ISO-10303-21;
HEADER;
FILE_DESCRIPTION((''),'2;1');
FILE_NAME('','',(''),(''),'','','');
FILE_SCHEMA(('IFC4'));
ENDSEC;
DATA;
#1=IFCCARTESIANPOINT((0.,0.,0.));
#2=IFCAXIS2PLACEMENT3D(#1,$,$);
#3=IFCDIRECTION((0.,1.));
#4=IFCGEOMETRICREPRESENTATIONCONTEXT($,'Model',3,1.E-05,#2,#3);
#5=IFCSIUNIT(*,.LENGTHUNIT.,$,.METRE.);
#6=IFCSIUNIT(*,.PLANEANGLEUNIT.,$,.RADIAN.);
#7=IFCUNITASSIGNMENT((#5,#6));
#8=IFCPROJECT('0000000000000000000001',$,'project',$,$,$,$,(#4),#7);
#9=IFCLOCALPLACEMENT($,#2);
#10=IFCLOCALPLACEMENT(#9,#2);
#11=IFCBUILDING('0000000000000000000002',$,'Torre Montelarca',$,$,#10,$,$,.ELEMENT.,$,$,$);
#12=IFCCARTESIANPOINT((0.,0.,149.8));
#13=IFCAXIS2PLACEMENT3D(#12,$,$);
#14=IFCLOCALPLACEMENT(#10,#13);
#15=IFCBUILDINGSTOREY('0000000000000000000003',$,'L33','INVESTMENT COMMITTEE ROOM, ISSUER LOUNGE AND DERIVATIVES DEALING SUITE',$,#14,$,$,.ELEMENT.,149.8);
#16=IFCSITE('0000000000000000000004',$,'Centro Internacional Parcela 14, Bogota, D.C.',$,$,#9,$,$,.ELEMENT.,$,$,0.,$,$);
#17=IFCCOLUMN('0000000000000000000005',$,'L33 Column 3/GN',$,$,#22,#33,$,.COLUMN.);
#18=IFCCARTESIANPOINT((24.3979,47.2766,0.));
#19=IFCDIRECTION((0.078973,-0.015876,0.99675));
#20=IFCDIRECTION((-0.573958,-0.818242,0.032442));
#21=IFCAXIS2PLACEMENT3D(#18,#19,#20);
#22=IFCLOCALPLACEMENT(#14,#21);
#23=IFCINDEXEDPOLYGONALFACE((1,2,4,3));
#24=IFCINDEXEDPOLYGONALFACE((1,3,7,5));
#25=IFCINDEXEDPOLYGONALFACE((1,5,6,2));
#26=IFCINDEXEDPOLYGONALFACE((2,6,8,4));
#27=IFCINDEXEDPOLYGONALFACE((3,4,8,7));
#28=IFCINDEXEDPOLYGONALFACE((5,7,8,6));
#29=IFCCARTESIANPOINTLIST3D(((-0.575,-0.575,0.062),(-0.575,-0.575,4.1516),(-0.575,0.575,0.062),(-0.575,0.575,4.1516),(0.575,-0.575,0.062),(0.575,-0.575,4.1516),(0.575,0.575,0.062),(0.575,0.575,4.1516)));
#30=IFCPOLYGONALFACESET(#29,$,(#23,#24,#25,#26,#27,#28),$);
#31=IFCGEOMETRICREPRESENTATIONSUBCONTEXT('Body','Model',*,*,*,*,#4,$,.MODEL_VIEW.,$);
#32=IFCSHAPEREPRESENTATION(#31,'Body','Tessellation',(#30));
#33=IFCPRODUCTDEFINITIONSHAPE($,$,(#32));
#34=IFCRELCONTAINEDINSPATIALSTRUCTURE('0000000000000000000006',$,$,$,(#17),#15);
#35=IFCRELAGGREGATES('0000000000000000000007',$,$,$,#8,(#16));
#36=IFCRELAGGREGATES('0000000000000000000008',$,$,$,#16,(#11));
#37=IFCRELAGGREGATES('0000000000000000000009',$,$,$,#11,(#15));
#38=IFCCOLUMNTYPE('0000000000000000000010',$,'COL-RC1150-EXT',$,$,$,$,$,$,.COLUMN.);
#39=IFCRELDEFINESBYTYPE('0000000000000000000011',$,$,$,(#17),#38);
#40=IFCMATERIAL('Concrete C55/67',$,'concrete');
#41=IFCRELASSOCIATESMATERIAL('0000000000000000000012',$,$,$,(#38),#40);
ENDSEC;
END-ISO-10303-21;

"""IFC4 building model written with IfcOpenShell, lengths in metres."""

from ifc_helpers import new_model, si_unit, direction, frame, origin, origin_2d, place, context, subcontext, project, spatial, rectangle, extrude, clip, halfspace, material, material_profile, profile_set, type_object, element, save


model = new_model("IFC4")

# Units and contexts
model_context = context("Model", 3, precision=1e-05, world=origin(), true_north=direction((0.0, 1.0)))
body_context = subcontext(model_context, "Body", "Model", "MODEL_VIEW")
ifc_project = project(units=[si_unit("LENGTHUNIT", "METRE"), si_unit("PLANEANGLEUNIT", "RADIAN")], contexts=[model_context])

# Site, building, storey
site_placement = place(None, origin())
site = spatial("IfcSite", under=ifc_project, at=site_placement, Name="Centro Internacional Parcela 14, Bogota, D.C.", CompositionType="ELEMENT", RefElevation=0.0)
building_placement = place(site_placement, origin())
building = spatial("IfcBuilding", under=site, at=building_placement, Name="Torre Montelarca", CompositionType="ELEMENT")
storey_placement = place(building_placement, frame((0.0, 0.0, 149.8)))
storey = spatial("IfcBuildingStorey", under=building, at=storey_placement, Name="L33", Description="INVESTMENT COMMITTEE ROOM, ISSUER LOUNGE AND DERIVATIVES DEALING SUITE", CompositionType="ELEMENT", Elevation=149.8)

# Column
ifc_material_1 = material(Name="Concrete C55/67", Category="concrete")
ifc_material_profile_1 = material_profile(ifc_material_1, rectangle(XDim=1.1499, YDim=1.1499, at=origin_2d()), Name="RC1150X1150", Category="concrete")
ifc_profile_set_1 = profile_set([ifc_material_profile_1], Name="Concrete C55/67")
column_type_1 = type_object("IfcColumnType", Name="COL-RC1150-EXT", PredefinedType="COLUMN", material=ifc_profile_set_1)
column_1_placement = place(storey_placement, frame((24.3979, 47.2766, 0.0), z_axis=(0.078973, -0.015876, 0.99675), x_axis=(-0.573958, -0.818242, 0.032442)))
element("IfcColumn", 1, at=column_1_placement, inside=storey, type_object=column_type_1, Name="L33 Column 3/GN", PredefinedType="COLUMN", context=body_context, shape_type="Clipping", body=[
    clip(clip(extrude(rectangle(XDim=1.1499, YDim=1.1499, at=origin_2d()), origin(), (0.0, 0.0, 1.0), 4.2136), halfspace(frame((0.0, 0.0, 0.062), z_axis=(0.0, 0.0, -1.0), x_axis=(1.0, 0.0, 0.0)), False)), halfspace(frame((0.0, 0.0, 4.1516), z_axis=(0.0, 0.0, 1.0), x_axis=(1.0, 0.0, 0.0)), False)),
])

save(model, "model.ifc")
